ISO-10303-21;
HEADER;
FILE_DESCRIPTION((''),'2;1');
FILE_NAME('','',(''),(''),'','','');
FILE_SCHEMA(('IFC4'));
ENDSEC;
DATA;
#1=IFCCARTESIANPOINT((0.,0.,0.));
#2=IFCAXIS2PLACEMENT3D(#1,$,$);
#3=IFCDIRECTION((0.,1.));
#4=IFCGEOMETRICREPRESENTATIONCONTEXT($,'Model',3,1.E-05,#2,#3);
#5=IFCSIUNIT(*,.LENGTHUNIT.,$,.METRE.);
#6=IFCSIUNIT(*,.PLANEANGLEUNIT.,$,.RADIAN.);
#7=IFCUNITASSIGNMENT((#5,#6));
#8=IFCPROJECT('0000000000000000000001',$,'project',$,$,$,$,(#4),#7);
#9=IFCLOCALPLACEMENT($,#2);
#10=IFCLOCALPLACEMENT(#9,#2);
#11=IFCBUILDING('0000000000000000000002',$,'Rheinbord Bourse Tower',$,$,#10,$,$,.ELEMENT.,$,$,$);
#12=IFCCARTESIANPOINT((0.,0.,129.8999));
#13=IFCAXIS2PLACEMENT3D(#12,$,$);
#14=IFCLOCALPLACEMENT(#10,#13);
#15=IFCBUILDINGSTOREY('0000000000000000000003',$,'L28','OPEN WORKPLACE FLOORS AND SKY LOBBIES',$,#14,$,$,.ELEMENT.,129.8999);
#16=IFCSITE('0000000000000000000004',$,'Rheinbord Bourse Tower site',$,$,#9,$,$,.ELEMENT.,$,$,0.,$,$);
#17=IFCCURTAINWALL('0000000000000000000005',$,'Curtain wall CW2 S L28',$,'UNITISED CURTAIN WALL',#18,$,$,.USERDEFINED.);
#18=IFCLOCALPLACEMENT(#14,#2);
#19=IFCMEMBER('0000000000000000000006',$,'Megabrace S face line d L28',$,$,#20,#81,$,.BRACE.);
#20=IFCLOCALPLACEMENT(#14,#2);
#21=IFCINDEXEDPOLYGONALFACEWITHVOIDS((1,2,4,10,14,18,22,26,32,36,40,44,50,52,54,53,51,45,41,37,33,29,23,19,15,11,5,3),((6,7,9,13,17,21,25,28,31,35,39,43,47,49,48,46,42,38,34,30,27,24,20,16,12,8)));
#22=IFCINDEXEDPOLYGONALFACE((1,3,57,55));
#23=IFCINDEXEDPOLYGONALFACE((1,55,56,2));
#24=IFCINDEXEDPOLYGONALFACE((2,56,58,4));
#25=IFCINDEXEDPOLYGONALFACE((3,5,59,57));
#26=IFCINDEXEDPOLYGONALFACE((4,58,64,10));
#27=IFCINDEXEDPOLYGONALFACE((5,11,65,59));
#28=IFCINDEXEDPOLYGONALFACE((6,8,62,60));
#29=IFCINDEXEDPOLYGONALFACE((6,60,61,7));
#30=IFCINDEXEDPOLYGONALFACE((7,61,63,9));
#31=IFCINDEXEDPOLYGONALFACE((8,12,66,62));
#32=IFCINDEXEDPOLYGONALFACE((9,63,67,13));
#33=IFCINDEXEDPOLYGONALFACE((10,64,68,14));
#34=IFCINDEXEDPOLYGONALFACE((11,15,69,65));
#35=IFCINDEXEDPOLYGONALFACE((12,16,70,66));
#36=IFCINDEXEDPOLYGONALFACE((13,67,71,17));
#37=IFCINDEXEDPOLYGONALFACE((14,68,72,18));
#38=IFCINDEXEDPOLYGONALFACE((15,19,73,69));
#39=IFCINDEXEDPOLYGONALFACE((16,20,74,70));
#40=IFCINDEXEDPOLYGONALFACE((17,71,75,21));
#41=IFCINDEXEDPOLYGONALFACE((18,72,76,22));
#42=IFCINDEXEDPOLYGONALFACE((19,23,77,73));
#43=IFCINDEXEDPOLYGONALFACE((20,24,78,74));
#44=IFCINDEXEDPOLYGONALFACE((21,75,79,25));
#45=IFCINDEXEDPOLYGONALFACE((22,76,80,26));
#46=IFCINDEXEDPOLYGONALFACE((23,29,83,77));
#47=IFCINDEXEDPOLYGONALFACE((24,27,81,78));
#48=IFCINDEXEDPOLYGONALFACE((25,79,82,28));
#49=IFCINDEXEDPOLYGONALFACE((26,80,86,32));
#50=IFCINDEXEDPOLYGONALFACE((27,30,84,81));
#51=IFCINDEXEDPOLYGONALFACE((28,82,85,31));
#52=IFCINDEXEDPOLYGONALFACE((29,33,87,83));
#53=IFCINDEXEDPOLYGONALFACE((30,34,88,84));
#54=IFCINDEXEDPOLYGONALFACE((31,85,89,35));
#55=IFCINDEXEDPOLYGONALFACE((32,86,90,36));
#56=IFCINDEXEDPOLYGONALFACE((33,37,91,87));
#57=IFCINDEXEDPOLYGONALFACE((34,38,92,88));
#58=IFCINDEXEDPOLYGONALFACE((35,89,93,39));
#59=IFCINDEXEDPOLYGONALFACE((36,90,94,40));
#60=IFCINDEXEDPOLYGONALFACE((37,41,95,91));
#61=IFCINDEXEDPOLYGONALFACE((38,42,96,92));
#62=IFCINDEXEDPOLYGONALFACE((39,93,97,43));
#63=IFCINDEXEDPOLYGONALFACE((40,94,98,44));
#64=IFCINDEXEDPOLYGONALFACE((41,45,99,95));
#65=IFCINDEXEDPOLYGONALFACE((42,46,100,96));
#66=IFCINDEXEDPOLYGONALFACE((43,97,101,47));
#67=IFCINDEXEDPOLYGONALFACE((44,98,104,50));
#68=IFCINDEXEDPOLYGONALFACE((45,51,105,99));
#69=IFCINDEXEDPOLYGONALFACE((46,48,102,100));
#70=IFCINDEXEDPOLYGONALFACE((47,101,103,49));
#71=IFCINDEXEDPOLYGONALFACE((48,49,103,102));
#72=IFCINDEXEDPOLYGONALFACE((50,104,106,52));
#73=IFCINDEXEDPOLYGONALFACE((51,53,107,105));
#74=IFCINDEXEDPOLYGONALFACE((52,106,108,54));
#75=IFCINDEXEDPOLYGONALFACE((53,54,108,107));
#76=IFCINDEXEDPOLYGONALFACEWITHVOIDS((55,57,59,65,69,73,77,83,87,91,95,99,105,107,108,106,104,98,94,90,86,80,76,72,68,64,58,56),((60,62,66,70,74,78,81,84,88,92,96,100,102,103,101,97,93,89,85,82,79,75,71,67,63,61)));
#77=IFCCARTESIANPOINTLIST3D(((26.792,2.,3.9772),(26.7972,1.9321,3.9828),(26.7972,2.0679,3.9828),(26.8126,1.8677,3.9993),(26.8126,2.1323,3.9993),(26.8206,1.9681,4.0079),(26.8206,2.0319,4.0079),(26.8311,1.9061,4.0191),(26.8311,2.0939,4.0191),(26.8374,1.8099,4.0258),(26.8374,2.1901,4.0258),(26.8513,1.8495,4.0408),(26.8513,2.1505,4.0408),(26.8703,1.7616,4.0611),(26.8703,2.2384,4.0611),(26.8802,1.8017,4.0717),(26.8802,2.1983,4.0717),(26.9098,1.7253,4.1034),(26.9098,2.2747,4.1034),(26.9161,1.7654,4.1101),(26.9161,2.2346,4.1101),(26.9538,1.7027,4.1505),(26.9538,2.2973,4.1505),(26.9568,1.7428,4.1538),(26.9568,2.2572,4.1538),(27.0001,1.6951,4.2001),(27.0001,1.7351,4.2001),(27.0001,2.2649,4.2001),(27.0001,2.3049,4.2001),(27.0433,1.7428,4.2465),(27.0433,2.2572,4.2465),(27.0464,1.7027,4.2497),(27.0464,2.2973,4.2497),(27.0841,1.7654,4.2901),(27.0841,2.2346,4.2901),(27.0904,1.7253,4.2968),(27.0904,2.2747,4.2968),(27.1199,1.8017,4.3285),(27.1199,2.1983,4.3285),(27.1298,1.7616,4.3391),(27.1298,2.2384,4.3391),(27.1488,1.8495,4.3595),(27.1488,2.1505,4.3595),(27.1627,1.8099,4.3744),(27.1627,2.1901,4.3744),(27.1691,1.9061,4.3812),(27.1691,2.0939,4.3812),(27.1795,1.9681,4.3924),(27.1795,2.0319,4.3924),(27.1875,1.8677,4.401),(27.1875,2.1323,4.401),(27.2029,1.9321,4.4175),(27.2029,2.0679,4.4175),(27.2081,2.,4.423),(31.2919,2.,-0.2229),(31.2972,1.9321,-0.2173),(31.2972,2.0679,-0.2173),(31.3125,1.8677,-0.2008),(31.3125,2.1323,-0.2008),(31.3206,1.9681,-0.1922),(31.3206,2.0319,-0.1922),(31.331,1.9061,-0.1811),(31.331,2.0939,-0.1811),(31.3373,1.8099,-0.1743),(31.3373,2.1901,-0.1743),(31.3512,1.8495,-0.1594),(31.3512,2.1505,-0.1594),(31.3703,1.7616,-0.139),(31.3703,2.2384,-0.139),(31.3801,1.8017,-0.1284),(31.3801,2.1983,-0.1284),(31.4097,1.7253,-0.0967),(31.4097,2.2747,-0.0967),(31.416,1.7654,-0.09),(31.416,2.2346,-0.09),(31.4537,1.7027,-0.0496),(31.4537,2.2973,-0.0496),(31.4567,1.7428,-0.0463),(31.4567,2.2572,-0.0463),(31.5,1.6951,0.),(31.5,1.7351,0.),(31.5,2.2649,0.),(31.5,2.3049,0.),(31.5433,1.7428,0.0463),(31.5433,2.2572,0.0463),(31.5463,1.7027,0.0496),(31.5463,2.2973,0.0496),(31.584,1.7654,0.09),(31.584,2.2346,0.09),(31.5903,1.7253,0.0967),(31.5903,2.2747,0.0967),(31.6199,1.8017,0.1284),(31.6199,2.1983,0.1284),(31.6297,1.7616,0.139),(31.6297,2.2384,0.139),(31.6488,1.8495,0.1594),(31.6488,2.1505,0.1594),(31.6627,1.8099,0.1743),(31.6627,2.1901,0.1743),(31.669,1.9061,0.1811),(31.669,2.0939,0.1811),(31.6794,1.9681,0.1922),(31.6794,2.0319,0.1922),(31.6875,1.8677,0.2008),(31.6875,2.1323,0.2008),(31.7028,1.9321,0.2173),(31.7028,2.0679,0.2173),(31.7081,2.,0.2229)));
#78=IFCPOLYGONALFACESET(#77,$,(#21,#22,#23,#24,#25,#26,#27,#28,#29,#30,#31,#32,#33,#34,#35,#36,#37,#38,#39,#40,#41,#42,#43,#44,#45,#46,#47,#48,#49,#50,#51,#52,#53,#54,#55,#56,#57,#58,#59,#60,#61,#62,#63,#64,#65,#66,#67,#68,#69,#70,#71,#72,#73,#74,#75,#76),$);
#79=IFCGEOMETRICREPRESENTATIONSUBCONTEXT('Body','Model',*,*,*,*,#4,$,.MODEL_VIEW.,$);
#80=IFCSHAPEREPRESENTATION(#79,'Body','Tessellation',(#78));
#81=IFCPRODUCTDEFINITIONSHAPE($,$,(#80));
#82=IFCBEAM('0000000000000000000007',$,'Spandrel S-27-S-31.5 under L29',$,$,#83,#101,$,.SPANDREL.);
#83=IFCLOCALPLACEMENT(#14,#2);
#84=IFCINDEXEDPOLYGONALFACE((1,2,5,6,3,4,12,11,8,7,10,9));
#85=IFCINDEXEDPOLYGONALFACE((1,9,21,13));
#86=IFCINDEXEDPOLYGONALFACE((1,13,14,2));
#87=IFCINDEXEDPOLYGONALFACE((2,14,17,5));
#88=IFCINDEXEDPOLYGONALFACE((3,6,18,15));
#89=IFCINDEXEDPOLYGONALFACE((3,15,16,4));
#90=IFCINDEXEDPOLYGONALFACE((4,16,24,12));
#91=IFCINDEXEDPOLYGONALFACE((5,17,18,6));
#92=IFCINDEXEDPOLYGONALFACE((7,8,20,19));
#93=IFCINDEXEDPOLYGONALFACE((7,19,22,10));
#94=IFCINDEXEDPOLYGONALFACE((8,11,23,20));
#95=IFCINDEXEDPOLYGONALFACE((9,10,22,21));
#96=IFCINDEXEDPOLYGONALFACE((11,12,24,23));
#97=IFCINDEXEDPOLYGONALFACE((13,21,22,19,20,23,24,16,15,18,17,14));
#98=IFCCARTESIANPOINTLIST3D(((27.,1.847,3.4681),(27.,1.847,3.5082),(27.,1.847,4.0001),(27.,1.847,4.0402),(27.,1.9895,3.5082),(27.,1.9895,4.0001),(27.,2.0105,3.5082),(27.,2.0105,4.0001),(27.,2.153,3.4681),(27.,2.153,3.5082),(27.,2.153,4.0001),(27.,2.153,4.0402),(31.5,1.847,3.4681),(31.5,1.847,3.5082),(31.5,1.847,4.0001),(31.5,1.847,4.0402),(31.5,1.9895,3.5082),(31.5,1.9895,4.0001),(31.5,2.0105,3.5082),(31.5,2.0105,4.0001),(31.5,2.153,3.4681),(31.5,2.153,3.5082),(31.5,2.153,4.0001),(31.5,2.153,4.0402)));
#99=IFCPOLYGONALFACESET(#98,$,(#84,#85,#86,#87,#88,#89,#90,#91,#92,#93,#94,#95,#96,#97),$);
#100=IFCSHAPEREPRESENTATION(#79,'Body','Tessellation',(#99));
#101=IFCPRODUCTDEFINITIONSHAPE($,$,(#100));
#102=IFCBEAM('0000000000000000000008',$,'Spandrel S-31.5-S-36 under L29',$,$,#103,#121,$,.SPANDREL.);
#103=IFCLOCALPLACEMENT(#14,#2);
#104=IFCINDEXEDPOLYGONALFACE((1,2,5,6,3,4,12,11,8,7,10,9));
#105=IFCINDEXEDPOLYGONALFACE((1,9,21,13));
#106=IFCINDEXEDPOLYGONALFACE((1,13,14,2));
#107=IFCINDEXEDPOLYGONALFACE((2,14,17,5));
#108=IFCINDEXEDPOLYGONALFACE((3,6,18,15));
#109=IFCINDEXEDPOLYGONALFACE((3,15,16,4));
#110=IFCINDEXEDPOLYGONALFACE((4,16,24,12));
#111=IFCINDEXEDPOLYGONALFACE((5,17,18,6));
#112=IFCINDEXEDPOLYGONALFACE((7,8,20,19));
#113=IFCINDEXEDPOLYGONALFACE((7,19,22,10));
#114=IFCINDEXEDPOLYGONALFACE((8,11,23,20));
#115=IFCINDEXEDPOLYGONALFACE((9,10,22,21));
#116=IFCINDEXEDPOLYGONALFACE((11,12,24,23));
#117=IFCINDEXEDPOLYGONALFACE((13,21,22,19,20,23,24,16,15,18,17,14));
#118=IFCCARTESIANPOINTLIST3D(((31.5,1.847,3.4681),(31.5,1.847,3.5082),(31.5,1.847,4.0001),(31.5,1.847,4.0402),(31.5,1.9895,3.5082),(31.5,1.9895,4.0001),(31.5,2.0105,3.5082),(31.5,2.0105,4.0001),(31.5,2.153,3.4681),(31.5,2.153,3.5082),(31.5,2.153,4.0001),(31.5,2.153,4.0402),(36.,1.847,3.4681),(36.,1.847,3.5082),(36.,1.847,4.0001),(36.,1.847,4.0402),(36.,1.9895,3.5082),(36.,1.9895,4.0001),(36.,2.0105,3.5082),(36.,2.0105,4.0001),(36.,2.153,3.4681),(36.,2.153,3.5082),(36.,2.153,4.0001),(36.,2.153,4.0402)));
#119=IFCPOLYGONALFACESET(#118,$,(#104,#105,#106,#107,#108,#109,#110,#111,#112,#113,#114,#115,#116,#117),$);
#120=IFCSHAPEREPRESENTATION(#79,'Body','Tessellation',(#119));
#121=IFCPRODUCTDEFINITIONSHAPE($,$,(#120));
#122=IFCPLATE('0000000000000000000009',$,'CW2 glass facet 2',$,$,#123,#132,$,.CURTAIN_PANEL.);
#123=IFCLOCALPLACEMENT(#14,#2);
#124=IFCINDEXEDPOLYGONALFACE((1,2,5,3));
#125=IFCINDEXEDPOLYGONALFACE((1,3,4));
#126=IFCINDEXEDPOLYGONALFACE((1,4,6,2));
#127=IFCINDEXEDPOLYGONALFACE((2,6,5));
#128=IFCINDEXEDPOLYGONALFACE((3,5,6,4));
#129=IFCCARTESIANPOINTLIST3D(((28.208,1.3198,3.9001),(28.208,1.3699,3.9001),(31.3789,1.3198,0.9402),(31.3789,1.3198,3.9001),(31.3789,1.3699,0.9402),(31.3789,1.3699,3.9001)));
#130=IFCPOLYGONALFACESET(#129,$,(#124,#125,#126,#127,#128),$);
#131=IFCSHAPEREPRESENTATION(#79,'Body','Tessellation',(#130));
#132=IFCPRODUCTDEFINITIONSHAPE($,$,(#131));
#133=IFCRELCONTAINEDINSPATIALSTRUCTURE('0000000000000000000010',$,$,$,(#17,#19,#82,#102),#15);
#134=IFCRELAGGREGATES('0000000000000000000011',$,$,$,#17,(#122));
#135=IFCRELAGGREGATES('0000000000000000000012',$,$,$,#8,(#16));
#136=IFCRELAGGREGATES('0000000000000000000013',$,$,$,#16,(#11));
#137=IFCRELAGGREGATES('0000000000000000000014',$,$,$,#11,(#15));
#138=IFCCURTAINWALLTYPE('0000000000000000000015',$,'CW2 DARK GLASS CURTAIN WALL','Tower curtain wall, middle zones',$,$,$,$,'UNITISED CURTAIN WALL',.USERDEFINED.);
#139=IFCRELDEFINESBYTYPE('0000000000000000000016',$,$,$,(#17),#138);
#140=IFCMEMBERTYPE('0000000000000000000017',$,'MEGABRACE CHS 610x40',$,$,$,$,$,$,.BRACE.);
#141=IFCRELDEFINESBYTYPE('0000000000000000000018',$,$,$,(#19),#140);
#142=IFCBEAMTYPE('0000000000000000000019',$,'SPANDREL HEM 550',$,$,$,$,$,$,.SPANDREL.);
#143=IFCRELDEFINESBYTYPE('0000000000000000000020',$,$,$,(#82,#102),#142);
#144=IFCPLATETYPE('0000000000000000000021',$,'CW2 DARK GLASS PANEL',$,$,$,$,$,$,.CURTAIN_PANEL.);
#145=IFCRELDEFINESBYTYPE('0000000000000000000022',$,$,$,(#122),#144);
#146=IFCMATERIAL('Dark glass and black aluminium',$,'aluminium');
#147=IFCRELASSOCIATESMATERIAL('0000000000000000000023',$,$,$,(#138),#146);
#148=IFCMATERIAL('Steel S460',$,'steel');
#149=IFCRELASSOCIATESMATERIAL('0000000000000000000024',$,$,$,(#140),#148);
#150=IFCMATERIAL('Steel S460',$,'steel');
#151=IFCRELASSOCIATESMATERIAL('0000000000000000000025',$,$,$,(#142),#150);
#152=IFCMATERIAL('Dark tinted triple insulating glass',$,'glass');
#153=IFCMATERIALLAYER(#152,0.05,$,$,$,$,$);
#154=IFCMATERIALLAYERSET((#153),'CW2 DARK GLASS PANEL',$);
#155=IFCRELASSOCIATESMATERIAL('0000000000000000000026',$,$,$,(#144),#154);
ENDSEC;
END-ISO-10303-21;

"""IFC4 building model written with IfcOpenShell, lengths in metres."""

from ifc_helpers import new_model, si_unit, direction, frame, origin, origin_2d, place, context, subcontext, project, spatial, polyline, hollow_circle, i_section, outline, extrude, material, layer, layer_set, material_profile, profile_set, type_object, element, aggregate, save


model = new_model("IFC4")

# Units and contexts
model_context = context("Model", 3, precision=1e-05, world=origin(), true_north=direction((0.0, 1.0)))
body_context = subcontext(model_context, "Body", "Model", "MODEL_VIEW")
ifc_project = project(units=[si_unit("LENGTHUNIT", "METRE"), si_unit("PLANEANGLEUNIT", "RADIAN")], contexts=[model_context])

# Site, building, storey
site_placement = place(None, origin())
site = spatial("IfcSite", under=ifc_project, at=site_placement, Name="Rheinbord Bourse Tower site", CompositionType="ELEMENT", RefElevation=0.0)
building_placement = place(site_placement, origin())
building = spatial("IfcBuilding", under=site, at=building_placement, Name="Rheinbord Bourse Tower", CompositionType="ELEMENT")
storey_placement = place(building_placement, frame((0.0, 0.0, 129.8999)))
storey = spatial("IfcBuildingStorey", under=building, at=storey_placement, Name="L28", Description="OPEN WORKPLACE FLOORS AND SKY LOBBIES", CompositionType="ELEMENT", Elevation=129.8999)

# Curtain wall
ifc_material_1 = material(Name="Dark glass and black aluminium", Category="aluminium")
curtain_wall_type = type_object("IfcCurtainWallType", Name="CW2 DARK GLASS CURTAIN WALL", Description="Tower curtain wall, middle zones", ElementType="UNITISED CURTAIN WALL", PredefinedType="USERDEFINED", material=ifc_material_1)
curtain_wall_placement = place(storey_placement, origin())
curtain_wall = element("IfcCurtainWall", 1, at=curtain_wall_placement, inside=storey, type_object=curtain_wall_type, Name="Curtain wall CW2 S L28", ObjectType="UNITISED CURTAIN WALL", PredefinedType="USERDEFINED")

# Member
ifc_material_2 = material(Name="Steel S460", Category="steel")
ifc_material_profile_1 = material_profile(ifc_material_2, hollow_circle(Radius=0.3049, WallThickness=0.04, at=origin_2d()), Name="CHS 610x40")
ifc_profile_set_1 = profile_set([ifc_material_profile_1], Name="Steel S460")
member_type_1 = type_object("IfcMemberType", Name="MEGABRACE CHS 610x40", PredefinedType="BRACE", material=ifc_profile_set_1)
member_1_placement = place(storey_placement, frame((31.5, 2.0, 0.0), z_axis=(-0.731039, 0.0, 0.682335), x_axis=(0.0, -1.0, 0.0)))
element("IfcMember", 2, at=member_1_placement, inside=storey, type_object=member_type_1, Name="Megabrace S face line d L28", PredefinedType="BRACE", context=body_context, shape_type="SweptSolid", body=[
    extrude(hollow_circle(Radius=0.3049, WallThickness=0.04, at=origin_2d()), origin(), (0.0, 0.0, 1.0), 6.1555),
])

# Beams
ifc_material_3 = material(Name="Steel S460", Category="steel")
ifc_material_profile_2 = material_profile(ifc_material_3, i_section(OverallWidth=0.3059, OverallDepth=0.572, WebThickness=0.021, FlangeThickness=0.04, at=origin_2d()), Name="HEM 550")
ifc_profile_set_2 = profile_set([ifc_material_profile_2], Name="Steel S460")
beam_type_1 = type_object("IfcBeamType", Name="SPANDREL HEM 550", PredefinedType="SPANDREL", material=ifc_profile_set_2)
for number, where, z_axis, x_axis, name in (
    (3, (27.0, 2.0, 3.7542), (1.0, 0.0, 0.0), (0.0, 1.0, 0.0), "Spandrel S-27-S-31.5 under L29"),
    (4, (31.5, 2.0, 3.7542), (1.0, 0.0, 0.0), (0.0, 1.0, 0.0), "Spandrel S-31.5-S-36 under L29"),
):
    element("IfcBeam", number, at=place(storey_placement, frame(where, z_axis=z_axis, x_axis=x_axis)), inside=storey, type_object=beam_type_1, Name=name, PredefinedType="SPANDREL", context=body_context, shape_type="SweptSolid", body=[
        extrude(i_section(OverallWidth=0.3059, OverallDepth=0.572, WebThickness=0.021, FlangeThickness=0.04, at=origin_2d()), origin(), (0.0, 0.0, 1.0), 4.5),
    ])

# Plate
ifc_material_4 = material(Name="Dark tinted triple insulating glass", Category="glass")
ifc_layer = layer(ifc_material_4, 0.05)
ifc_layer_set = layer_set([ifc_layer], Name="CW2 DARK GLASS PANEL")
plate_type = type_object("IfcPlateType", Name="CW2 DARK GLASS PANEL", PredefinedType="CURTAIN_PANEL", material=ifc_layer_set)
plate_1_placement = place(storey_placement, frame((31.3789, 1.3198, 3.9001), z_axis=(0.0, 1.0, 0.0), x_axis=(0.0, 0.0, -1.0)))
plate_1 = element("IfcPlate", 5, at=plate_1_placement, type_object=plate_type, Name="CW2 glass facet 2", PredefinedType="CURTAIN_PANEL", context=body_context, shape_type="SweptSolid", body=[
    extrude(outline(polyline([(0.0, 0.0), (2.96, 0.0), (0.0, 3.1709), (0.0, 0.0)])), origin(), (0.0, 0.0, 1.0), 0.05),
])
aggregate(curtain_wall, [plate_1])

save(model, "model.ifc")
